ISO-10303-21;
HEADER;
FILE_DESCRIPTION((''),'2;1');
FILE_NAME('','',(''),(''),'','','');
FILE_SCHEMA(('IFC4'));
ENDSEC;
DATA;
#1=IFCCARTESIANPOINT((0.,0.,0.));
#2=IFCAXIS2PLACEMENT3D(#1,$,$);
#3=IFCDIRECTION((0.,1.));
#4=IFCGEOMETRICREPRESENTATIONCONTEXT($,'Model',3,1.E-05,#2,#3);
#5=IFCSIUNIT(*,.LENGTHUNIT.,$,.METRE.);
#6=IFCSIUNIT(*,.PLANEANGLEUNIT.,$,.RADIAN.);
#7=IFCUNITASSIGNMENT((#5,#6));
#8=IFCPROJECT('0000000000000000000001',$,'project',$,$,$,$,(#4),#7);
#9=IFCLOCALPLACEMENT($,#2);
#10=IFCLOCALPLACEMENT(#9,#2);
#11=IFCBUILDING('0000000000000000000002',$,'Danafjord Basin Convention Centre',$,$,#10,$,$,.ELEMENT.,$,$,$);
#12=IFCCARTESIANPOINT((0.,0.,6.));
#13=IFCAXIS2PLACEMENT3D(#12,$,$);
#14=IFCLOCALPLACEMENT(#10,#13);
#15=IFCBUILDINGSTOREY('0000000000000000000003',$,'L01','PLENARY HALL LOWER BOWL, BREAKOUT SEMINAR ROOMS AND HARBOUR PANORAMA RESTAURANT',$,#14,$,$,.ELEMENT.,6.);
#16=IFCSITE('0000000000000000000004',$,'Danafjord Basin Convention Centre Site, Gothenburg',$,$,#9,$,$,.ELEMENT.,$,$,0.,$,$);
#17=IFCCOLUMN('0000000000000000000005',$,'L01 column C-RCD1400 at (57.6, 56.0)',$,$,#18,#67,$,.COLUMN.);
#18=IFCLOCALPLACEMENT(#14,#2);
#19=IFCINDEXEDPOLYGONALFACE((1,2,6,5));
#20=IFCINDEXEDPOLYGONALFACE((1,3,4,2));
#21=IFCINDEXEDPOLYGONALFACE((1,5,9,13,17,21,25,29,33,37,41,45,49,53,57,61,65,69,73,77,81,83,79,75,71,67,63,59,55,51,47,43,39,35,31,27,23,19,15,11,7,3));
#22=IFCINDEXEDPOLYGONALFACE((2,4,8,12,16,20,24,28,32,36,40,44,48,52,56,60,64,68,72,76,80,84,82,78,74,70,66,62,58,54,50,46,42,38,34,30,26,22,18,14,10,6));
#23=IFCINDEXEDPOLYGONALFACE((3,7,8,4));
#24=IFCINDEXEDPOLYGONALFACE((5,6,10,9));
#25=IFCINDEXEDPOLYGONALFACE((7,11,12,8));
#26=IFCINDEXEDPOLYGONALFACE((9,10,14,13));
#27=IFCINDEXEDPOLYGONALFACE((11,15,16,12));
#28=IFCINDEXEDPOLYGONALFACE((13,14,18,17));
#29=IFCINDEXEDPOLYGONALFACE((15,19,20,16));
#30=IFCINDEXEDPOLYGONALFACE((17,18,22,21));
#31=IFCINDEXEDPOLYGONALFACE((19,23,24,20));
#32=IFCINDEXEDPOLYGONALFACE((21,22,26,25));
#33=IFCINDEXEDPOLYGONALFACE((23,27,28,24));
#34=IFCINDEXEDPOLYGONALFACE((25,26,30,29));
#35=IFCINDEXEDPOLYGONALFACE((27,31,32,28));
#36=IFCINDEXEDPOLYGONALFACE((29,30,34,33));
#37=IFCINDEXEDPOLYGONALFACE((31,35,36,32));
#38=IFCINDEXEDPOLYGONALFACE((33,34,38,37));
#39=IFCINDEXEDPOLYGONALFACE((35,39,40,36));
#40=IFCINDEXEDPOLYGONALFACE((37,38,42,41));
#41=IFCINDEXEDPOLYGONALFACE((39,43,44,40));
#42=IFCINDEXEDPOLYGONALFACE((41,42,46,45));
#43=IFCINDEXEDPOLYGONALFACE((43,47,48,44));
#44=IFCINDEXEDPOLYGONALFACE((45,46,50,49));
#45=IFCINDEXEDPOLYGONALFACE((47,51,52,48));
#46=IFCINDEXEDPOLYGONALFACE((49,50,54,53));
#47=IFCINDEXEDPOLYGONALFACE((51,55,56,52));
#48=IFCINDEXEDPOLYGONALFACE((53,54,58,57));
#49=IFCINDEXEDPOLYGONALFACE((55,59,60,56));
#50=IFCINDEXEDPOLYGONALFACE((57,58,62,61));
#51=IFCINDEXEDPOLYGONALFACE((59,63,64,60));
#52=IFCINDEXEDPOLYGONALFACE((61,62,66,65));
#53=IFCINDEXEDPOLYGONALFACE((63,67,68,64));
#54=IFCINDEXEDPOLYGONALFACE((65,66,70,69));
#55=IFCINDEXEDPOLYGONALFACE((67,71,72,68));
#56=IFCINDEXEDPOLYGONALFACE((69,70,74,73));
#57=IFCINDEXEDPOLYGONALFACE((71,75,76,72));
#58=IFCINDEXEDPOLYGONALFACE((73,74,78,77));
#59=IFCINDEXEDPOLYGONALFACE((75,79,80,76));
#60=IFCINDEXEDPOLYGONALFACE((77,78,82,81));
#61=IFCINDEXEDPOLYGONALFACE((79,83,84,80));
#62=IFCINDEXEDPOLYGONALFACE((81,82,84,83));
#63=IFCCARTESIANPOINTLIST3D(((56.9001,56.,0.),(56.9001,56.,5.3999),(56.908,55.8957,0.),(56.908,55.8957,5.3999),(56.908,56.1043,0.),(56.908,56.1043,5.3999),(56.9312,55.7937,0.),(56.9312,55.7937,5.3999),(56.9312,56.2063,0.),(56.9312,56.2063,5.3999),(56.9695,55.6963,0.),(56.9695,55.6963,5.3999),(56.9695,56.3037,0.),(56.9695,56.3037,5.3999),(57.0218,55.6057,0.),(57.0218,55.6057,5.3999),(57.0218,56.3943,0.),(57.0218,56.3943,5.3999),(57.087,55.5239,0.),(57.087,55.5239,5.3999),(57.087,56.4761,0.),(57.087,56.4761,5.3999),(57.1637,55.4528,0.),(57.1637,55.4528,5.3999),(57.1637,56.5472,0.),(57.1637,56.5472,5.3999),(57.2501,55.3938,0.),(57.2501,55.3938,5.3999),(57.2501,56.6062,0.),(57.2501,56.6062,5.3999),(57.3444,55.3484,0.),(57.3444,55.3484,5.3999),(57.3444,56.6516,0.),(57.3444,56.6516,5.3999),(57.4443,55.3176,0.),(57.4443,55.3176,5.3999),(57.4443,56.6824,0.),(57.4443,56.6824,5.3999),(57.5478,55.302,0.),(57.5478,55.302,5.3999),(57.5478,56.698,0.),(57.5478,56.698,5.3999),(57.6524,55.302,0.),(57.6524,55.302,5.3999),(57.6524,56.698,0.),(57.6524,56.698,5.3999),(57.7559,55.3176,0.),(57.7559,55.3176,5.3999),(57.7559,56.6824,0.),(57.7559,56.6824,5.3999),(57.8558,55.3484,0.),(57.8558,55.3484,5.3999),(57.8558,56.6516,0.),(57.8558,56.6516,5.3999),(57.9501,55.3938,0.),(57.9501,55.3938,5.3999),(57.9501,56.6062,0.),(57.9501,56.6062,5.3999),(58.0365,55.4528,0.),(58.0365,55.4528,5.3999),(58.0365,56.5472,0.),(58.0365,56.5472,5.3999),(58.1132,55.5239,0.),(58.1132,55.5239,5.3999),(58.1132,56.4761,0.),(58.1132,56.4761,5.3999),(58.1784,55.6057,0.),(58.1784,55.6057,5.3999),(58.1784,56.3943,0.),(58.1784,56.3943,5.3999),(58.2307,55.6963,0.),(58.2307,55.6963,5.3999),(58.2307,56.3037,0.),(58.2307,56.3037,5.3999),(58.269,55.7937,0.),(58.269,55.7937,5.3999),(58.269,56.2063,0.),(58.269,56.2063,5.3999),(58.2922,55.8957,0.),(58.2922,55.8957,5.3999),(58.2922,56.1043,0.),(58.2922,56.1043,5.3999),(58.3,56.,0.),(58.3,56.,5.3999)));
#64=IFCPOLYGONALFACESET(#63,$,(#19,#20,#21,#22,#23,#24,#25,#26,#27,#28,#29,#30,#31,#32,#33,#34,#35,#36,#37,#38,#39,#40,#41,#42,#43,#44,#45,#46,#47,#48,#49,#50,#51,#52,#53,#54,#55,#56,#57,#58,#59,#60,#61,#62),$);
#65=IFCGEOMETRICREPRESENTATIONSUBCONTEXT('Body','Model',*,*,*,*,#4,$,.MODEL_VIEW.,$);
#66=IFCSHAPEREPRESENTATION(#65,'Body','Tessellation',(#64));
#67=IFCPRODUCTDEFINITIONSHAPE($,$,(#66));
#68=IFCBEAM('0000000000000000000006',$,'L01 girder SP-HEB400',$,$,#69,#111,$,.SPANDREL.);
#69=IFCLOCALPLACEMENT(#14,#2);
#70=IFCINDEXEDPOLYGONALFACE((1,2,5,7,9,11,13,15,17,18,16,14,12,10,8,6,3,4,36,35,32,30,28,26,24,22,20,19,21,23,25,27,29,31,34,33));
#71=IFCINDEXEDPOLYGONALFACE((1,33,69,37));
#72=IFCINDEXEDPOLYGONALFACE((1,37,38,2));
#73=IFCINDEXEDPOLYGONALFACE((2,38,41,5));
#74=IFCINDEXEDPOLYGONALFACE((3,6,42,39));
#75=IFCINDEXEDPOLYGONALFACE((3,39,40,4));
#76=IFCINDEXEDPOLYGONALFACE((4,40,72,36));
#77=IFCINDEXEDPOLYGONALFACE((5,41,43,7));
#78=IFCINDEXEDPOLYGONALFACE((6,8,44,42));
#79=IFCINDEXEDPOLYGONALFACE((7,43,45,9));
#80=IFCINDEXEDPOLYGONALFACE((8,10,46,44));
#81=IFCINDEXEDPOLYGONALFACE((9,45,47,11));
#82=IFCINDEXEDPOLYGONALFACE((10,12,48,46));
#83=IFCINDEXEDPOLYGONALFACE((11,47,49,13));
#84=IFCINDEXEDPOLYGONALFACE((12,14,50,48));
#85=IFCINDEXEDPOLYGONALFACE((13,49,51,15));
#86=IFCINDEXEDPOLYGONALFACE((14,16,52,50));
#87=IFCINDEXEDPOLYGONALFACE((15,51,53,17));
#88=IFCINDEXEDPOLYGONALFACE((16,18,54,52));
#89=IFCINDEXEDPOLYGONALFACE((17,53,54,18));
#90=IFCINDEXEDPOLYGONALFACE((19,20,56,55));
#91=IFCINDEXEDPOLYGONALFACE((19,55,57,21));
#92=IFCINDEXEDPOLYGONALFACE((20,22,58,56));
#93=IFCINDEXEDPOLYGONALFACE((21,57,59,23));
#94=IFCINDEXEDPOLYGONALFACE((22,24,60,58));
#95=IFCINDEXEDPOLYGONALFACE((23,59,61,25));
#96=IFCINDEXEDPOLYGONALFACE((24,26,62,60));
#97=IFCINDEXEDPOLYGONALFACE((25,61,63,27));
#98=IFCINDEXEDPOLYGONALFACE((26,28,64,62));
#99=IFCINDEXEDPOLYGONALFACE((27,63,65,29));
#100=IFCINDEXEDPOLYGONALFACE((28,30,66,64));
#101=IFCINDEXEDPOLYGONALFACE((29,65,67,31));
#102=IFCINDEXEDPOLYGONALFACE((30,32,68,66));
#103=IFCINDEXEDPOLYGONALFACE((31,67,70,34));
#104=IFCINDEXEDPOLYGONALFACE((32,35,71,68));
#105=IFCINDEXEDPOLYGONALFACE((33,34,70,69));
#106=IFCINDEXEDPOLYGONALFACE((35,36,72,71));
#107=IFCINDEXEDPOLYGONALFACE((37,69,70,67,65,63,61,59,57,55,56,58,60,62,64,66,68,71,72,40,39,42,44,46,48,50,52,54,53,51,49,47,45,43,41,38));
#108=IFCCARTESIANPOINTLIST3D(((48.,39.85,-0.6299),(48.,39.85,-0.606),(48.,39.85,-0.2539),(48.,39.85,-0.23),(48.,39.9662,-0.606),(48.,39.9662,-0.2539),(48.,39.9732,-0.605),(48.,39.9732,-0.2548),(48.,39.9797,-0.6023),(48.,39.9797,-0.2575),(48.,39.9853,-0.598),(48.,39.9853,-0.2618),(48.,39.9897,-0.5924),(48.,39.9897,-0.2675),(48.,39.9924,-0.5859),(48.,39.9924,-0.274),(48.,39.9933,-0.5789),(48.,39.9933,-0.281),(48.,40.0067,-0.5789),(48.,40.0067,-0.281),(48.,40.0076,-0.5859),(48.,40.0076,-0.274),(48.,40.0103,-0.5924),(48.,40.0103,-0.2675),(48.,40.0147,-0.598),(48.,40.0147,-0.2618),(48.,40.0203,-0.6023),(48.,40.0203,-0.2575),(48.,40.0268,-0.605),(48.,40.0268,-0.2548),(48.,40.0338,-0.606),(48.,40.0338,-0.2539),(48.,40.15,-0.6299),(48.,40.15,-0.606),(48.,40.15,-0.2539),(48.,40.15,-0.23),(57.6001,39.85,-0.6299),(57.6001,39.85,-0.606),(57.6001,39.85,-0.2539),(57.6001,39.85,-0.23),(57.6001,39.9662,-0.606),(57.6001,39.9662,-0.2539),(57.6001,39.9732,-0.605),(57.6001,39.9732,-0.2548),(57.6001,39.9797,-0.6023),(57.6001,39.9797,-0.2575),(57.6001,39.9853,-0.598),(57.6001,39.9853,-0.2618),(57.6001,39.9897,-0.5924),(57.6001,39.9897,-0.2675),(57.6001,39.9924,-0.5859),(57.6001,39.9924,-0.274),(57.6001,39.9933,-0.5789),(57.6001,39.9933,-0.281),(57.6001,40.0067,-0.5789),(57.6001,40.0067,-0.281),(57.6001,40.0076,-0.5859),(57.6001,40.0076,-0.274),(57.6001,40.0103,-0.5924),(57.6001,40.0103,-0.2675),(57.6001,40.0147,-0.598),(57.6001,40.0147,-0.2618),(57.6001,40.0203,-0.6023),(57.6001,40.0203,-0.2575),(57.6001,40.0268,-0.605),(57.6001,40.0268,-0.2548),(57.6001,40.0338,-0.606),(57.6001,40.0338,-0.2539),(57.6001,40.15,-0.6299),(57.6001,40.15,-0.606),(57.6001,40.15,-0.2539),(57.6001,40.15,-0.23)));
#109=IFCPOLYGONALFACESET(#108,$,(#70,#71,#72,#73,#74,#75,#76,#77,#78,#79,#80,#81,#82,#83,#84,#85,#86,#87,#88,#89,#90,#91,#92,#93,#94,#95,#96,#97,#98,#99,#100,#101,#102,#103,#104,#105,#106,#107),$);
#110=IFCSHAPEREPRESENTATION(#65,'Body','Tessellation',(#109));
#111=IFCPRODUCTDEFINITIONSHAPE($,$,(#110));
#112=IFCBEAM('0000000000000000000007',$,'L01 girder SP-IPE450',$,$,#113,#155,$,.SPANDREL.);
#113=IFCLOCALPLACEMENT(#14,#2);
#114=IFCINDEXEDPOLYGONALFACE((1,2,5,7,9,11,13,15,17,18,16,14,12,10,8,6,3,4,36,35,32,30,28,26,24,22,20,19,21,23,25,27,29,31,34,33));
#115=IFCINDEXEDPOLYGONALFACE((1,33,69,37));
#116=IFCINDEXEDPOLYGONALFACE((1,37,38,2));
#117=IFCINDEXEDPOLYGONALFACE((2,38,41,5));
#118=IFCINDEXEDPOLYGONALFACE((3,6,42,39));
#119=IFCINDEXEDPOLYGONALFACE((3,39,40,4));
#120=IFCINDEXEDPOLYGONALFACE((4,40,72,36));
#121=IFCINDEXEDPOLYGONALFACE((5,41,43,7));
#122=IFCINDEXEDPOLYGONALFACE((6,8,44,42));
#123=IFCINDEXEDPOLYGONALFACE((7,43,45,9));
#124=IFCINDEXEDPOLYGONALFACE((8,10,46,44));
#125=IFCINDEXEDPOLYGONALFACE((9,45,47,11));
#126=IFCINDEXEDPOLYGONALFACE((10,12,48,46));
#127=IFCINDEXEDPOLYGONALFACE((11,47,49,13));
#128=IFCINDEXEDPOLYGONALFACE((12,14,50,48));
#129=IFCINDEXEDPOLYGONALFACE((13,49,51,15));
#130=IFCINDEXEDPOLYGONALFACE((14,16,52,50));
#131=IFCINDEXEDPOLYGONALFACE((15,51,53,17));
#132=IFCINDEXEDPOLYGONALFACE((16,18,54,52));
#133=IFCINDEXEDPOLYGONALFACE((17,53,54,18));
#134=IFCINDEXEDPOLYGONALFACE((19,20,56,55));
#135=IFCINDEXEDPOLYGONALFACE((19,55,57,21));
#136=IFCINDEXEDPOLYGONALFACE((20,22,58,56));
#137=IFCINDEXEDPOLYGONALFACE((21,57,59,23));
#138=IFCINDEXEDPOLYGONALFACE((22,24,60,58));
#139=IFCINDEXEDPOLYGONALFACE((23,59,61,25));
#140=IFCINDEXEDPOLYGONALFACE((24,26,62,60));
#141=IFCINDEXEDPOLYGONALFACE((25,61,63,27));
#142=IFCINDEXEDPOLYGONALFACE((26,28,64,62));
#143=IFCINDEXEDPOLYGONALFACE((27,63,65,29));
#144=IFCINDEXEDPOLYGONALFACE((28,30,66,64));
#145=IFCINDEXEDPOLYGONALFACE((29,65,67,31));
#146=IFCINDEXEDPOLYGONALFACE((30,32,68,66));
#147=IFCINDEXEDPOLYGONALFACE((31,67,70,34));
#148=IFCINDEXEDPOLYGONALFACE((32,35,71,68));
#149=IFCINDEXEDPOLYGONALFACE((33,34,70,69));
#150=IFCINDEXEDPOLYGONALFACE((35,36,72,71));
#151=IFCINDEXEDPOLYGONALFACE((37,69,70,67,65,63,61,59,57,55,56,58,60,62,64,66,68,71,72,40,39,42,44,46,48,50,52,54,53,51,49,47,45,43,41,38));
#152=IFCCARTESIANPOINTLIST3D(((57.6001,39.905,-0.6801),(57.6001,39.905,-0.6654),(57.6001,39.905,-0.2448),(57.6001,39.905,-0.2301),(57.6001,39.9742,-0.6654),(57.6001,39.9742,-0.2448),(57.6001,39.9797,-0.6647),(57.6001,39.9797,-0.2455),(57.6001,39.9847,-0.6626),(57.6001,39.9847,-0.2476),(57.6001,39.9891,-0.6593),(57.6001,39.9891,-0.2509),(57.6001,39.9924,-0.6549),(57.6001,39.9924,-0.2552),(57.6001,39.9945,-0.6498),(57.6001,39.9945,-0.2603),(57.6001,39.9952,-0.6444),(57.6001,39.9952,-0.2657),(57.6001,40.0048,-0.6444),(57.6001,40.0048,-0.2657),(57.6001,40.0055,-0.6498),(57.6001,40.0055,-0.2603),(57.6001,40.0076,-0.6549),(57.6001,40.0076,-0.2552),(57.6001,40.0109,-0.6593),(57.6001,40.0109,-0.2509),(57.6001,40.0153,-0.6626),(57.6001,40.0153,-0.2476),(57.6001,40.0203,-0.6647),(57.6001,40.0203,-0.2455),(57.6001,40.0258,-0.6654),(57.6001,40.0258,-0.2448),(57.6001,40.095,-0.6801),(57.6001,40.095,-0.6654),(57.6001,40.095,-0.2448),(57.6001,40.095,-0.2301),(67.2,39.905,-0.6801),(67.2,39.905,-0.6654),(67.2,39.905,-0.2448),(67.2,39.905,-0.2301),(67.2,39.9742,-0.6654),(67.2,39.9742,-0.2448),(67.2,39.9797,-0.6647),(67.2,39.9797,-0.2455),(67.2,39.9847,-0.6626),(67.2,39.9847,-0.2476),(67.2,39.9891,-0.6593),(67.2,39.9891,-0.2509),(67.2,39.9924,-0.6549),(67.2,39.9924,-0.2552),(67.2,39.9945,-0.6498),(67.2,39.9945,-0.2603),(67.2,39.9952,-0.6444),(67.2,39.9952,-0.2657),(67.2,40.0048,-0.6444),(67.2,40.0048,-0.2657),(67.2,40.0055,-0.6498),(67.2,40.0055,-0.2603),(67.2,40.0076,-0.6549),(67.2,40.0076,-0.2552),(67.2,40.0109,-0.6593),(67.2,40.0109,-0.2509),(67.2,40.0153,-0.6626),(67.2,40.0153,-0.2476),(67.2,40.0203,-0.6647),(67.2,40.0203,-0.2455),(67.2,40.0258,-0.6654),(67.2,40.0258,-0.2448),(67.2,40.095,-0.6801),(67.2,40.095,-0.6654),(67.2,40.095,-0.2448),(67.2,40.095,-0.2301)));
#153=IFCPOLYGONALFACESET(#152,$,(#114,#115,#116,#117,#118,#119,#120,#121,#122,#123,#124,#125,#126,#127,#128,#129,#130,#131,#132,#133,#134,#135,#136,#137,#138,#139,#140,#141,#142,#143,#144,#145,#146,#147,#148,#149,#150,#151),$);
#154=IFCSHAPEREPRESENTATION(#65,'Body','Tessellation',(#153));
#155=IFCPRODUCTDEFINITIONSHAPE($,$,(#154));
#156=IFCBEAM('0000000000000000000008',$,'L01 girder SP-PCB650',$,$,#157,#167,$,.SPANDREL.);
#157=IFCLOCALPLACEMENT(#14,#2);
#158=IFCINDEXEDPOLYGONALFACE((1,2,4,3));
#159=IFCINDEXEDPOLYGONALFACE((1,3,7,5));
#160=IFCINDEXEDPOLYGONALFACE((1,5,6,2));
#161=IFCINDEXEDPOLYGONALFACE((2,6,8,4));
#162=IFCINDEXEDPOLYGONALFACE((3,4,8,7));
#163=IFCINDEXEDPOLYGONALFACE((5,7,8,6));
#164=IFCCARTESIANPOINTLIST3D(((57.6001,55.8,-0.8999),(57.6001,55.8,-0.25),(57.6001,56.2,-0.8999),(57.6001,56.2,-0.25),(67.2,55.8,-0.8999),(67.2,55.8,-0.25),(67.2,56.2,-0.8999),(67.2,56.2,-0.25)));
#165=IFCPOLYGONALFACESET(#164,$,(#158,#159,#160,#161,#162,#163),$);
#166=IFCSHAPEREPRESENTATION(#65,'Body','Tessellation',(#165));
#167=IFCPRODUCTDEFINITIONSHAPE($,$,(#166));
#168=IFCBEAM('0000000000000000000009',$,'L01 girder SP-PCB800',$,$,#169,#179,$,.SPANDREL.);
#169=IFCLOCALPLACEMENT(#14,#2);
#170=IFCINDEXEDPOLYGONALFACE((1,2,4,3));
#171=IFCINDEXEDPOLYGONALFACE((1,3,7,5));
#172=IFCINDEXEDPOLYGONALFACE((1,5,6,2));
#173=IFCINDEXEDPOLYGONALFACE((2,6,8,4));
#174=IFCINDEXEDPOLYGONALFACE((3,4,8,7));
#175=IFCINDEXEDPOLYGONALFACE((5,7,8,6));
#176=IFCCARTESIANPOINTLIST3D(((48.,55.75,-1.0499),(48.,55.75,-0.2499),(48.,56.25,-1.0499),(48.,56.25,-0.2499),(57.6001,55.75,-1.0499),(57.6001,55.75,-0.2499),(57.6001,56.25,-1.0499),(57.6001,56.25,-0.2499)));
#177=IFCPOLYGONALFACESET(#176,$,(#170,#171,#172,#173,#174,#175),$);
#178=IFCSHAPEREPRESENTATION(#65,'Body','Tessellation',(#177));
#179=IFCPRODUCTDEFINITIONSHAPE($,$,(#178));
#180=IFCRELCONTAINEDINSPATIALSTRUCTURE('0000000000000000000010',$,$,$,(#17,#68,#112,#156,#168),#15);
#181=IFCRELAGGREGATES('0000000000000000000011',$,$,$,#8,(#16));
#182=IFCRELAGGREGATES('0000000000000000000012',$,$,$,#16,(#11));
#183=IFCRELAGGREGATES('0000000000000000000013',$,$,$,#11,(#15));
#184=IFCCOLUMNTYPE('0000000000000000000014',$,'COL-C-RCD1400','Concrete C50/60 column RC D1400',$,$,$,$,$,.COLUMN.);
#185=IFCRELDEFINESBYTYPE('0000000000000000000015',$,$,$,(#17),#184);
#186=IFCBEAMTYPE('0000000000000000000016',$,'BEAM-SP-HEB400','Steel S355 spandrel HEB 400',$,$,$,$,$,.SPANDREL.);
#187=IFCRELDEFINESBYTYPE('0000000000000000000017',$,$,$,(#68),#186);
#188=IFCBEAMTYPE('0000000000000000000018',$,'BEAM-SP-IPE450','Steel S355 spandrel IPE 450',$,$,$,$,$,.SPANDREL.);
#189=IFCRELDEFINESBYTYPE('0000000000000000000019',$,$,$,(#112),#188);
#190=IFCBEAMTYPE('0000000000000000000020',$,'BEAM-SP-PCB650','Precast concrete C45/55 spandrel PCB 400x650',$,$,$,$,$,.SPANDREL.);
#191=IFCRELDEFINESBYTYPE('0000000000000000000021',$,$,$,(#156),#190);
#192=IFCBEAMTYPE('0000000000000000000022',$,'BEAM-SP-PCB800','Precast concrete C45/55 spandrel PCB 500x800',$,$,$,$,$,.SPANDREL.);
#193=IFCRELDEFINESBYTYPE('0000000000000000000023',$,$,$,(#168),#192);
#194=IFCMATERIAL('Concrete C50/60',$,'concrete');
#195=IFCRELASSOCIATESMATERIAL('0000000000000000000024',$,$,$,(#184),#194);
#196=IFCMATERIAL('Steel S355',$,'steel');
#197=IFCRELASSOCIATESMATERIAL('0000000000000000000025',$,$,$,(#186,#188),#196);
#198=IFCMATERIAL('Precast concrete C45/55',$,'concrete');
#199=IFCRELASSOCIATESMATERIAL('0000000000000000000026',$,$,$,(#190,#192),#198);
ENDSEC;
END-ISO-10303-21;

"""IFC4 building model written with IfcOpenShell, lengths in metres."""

from ifc_helpers import new_model, si_unit, direction, frame, origin, origin_2d, place, context, subcontext, project, spatial, rectangle, circle, i_section, extrude, material, material_profile, profile_set, type_object, element, save


model = new_model("IFC4")

# Units and contexts
model_context = context("Model", 3, precision=1e-05, world=origin(), true_north=direction((0.0, 1.0)))
body_context = subcontext(model_context, "Body", "Model", "MODEL_VIEW")
ifc_project = project(units=[si_unit("LENGTHUNIT", "METRE"), si_unit("PLANEANGLEUNIT", "RADIAN")], contexts=[model_context])

# Site, building, storey
site_placement = place(None, origin())
site = spatial("IfcSite", under=ifc_project, at=site_placement, Name="Danafjord Basin Convention Centre Site, Gothenburg", CompositionType="ELEMENT", RefElevation=0.0)
building_placement = place(site_placement, origin())
building = spatial("IfcBuilding", under=site, at=building_placement, Name="Danafjord Basin Convention Centre", CompositionType="ELEMENT")
storey_placement = place(building_placement, frame((0.0, 0.0, 6.0)))
storey = spatial("IfcBuildingStorey", under=building, at=storey_placement, Name="L01", Description="PLENARY HALL LOWER BOWL, BREAKOUT SEMINAR ROOMS AND HARBOUR PANORAMA RESTAURANT", CompositionType="ELEMENT", Elevation=6.0)

# Column
ifc_material_1 = material(Name="Steel S355", Category="steel")
ifc_material_2 = material(Name="Concrete C50/60", Category="concrete")
ifc_material_profile_1 = material_profile(ifc_material_2, circle(Radius=0.7, at=origin_2d()), Name="RC D1400")
ifc_profile_set_1 = profile_set([ifc_material_profile_1], Name="Concrete C50/60")
column_type_1 = type_object("IfcColumnType", Name="COL-C-RCD1400", Description="Concrete C50/60 column RC D1400", PredefinedType="COLUMN", material=ifc_profile_set_1)
column_1_placement = place(storey_placement, frame((57.6001, 56.0, 0.0), z_axis=(0.0, 0.0, 1.0), x_axis=(1.0, 0.0, 0.0)))
element("IfcColumn", 1, at=column_1_placement, inside=storey, type_object=column_type_1, Name="L01 column C-RCD1400 at (57.6, 56.0)", PredefinedType="COLUMN", context=body_context, shape_type="SweptSolid", body=[
    extrude(circle(Radius=0.7, at=origin_2d()), origin(), (0.0, 0.0, 1.0), 5.3999),
])

# Beams
ifc_material_profile_2 = material_profile(ifc_material_1, i_section(OverallWidth=0.3, OverallDepth=0.3999, WebThickness=0.0134, FlangeThickness=0.0239, FilletRadius=0.0271, at=origin_2d()), Name="HEB 400")
ifc_profile_set_2 = profile_set([ifc_material_profile_2], Name="Steel S355")
beam_type_1 = type_object("IfcBeamType", Name="BEAM-SP-HEB400", Description="Steel S355 spandrel HEB 400", PredefinedType="SPANDREL", material=ifc_profile_set_2)
beam_1_placement = place(storey_placement, frame((48.0, 40.0, -0.4299), z_axis=(1.0, 0.0, 0.0), x_axis=(0.0, 1.0, 0.0)))
element("IfcBeam", 2, at=beam_1_placement, inside=storey, type_object=beam_type_1, Name="L01 girder SP-HEB400", PredefinedType="SPANDREL", context=body_context, shape_type="SweptSolid", body=[
    extrude(i_section(OverallWidth=0.3, OverallDepth=0.3999, WebThickness=0.0134, FlangeThickness=0.0239, FilletRadius=0.0271, at=origin_2d()), origin(), (0.0, 0.0, 1.0), 9.6001),
])
ifc_material_profile_3 = material_profile(ifc_material_1, i_section(OverallWidth=0.1899, OverallDepth=0.45, WebThickness=0.0095, FlangeThickness=0.0146, FilletRadius=0.021, at=origin_2d()), Name="IPE 450")
ifc_profile_set_3 = profile_set([ifc_material_profile_3], Name="Steel S355")
beam_type_2 = type_object("IfcBeamType", Name="BEAM-SP-IPE450", Description="Steel S355 spandrel IPE 450", PredefinedType="SPANDREL", material=ifc_profile_set_3)
beam_2_placement = place(storey_placement, frame((57.6001, 40.0, -0.4551), z_axis=(1.0, 0.0, 0.0), x_axis=(0.0, 1.0, 0.0)))
element("IfcBeam", 3, at=beam_2_placement, inside=storey, type_object=beam_type_2, Name="L01 girder SP-IPE450", PredefinedType="SPANDREL", context=body_context, shape_type="SweptSolid", body=[
    extrude(i_section(OverallWidth=0.1899, OverallDepth=0.45, WebThickness=0.0095, FlangeThickness=0.0146, FilletRadius=0.021, at=origin_2d()), origin(), (0.0, 0.0, 1.0), 9.5999),
])
ifc_material_3 = material(Name="Precast concrete C45/55", Category="concrete")
ifc_material_profile_4 = material_profile(ifc_material_3, rectangle(XDim=0.3999, YDim=0.6499, at=origin_2d()), Name="PCB 400x650")
ifc_profile_set_4 = profile_set([ifc_material_profile_4], Name="Precast concrete C45/55")
beam_type_3 = type_object("IfcBeamType", Name="BEAM-SP-PCB650", Description="Precast concrete C45/55 spandrel PCB 400x650", PredefinedType="SPANDREL", material=ifc_profile_set_4)
beam_3_placement = place(storey_placement, frame((57.6001, 56.0, -0.575), z_axis=(1.0, 0.0, 0.0), x_axis=(0.0, 1.0, 0.0)))
element("IfcBeam", 4, at=beam_3_placement, inside=storey, type_object=beam_type_3, Name="L01 girder SP-PCB650", PredefinedType="SPANDREL", context=body_context, shape_type="SweptSolid", body=[
    extrude(rectangle(XDim=0.3999, YDim=0.6499, at=origin_2d()), origin(), (0.0, 0.0, 1.0), 9.5999),
])
ifc_material_profile_5 = material_profile(ifc_material_3, rectangle(XDim=0.5, YDim=0.8, at=origin_2d()), Name="PCB 500x800")
ifc_profile_set_5 = profile_set([ifc_material_profile_5], Name="Precast concrete C45/55")
beam_type_4 = type_object("IfcBeamType", Name="BEAM-SP-PCB800", Description="Precast concrete C45/55 spandrel PCB 500x800", PredefinedType="SPANDREL", material=ifc_profile_set_5)
beam_4_placement = place(storey_placement, frame((48.0, 56.0, -0.6499), z_axis=(1.0, 0.0, 0.0), x_axis=(0.0, 1.0, 0.0)))
element("IfcBeam", 5, at=beam_4_placement, inside=storey, type_object=beam_type_4, Name="L01 girder SP-PCB800", PredefinedType="SPANDREL", context=body_context, shape_type="SweptSolid", body=[
    extrude(rectangle(XDim=0.5, YDim=0.8, at=origin_2d()), origin(), (0.0, 0.0, 1.0), 9.6001),
])

save(model, "model.ifc")
